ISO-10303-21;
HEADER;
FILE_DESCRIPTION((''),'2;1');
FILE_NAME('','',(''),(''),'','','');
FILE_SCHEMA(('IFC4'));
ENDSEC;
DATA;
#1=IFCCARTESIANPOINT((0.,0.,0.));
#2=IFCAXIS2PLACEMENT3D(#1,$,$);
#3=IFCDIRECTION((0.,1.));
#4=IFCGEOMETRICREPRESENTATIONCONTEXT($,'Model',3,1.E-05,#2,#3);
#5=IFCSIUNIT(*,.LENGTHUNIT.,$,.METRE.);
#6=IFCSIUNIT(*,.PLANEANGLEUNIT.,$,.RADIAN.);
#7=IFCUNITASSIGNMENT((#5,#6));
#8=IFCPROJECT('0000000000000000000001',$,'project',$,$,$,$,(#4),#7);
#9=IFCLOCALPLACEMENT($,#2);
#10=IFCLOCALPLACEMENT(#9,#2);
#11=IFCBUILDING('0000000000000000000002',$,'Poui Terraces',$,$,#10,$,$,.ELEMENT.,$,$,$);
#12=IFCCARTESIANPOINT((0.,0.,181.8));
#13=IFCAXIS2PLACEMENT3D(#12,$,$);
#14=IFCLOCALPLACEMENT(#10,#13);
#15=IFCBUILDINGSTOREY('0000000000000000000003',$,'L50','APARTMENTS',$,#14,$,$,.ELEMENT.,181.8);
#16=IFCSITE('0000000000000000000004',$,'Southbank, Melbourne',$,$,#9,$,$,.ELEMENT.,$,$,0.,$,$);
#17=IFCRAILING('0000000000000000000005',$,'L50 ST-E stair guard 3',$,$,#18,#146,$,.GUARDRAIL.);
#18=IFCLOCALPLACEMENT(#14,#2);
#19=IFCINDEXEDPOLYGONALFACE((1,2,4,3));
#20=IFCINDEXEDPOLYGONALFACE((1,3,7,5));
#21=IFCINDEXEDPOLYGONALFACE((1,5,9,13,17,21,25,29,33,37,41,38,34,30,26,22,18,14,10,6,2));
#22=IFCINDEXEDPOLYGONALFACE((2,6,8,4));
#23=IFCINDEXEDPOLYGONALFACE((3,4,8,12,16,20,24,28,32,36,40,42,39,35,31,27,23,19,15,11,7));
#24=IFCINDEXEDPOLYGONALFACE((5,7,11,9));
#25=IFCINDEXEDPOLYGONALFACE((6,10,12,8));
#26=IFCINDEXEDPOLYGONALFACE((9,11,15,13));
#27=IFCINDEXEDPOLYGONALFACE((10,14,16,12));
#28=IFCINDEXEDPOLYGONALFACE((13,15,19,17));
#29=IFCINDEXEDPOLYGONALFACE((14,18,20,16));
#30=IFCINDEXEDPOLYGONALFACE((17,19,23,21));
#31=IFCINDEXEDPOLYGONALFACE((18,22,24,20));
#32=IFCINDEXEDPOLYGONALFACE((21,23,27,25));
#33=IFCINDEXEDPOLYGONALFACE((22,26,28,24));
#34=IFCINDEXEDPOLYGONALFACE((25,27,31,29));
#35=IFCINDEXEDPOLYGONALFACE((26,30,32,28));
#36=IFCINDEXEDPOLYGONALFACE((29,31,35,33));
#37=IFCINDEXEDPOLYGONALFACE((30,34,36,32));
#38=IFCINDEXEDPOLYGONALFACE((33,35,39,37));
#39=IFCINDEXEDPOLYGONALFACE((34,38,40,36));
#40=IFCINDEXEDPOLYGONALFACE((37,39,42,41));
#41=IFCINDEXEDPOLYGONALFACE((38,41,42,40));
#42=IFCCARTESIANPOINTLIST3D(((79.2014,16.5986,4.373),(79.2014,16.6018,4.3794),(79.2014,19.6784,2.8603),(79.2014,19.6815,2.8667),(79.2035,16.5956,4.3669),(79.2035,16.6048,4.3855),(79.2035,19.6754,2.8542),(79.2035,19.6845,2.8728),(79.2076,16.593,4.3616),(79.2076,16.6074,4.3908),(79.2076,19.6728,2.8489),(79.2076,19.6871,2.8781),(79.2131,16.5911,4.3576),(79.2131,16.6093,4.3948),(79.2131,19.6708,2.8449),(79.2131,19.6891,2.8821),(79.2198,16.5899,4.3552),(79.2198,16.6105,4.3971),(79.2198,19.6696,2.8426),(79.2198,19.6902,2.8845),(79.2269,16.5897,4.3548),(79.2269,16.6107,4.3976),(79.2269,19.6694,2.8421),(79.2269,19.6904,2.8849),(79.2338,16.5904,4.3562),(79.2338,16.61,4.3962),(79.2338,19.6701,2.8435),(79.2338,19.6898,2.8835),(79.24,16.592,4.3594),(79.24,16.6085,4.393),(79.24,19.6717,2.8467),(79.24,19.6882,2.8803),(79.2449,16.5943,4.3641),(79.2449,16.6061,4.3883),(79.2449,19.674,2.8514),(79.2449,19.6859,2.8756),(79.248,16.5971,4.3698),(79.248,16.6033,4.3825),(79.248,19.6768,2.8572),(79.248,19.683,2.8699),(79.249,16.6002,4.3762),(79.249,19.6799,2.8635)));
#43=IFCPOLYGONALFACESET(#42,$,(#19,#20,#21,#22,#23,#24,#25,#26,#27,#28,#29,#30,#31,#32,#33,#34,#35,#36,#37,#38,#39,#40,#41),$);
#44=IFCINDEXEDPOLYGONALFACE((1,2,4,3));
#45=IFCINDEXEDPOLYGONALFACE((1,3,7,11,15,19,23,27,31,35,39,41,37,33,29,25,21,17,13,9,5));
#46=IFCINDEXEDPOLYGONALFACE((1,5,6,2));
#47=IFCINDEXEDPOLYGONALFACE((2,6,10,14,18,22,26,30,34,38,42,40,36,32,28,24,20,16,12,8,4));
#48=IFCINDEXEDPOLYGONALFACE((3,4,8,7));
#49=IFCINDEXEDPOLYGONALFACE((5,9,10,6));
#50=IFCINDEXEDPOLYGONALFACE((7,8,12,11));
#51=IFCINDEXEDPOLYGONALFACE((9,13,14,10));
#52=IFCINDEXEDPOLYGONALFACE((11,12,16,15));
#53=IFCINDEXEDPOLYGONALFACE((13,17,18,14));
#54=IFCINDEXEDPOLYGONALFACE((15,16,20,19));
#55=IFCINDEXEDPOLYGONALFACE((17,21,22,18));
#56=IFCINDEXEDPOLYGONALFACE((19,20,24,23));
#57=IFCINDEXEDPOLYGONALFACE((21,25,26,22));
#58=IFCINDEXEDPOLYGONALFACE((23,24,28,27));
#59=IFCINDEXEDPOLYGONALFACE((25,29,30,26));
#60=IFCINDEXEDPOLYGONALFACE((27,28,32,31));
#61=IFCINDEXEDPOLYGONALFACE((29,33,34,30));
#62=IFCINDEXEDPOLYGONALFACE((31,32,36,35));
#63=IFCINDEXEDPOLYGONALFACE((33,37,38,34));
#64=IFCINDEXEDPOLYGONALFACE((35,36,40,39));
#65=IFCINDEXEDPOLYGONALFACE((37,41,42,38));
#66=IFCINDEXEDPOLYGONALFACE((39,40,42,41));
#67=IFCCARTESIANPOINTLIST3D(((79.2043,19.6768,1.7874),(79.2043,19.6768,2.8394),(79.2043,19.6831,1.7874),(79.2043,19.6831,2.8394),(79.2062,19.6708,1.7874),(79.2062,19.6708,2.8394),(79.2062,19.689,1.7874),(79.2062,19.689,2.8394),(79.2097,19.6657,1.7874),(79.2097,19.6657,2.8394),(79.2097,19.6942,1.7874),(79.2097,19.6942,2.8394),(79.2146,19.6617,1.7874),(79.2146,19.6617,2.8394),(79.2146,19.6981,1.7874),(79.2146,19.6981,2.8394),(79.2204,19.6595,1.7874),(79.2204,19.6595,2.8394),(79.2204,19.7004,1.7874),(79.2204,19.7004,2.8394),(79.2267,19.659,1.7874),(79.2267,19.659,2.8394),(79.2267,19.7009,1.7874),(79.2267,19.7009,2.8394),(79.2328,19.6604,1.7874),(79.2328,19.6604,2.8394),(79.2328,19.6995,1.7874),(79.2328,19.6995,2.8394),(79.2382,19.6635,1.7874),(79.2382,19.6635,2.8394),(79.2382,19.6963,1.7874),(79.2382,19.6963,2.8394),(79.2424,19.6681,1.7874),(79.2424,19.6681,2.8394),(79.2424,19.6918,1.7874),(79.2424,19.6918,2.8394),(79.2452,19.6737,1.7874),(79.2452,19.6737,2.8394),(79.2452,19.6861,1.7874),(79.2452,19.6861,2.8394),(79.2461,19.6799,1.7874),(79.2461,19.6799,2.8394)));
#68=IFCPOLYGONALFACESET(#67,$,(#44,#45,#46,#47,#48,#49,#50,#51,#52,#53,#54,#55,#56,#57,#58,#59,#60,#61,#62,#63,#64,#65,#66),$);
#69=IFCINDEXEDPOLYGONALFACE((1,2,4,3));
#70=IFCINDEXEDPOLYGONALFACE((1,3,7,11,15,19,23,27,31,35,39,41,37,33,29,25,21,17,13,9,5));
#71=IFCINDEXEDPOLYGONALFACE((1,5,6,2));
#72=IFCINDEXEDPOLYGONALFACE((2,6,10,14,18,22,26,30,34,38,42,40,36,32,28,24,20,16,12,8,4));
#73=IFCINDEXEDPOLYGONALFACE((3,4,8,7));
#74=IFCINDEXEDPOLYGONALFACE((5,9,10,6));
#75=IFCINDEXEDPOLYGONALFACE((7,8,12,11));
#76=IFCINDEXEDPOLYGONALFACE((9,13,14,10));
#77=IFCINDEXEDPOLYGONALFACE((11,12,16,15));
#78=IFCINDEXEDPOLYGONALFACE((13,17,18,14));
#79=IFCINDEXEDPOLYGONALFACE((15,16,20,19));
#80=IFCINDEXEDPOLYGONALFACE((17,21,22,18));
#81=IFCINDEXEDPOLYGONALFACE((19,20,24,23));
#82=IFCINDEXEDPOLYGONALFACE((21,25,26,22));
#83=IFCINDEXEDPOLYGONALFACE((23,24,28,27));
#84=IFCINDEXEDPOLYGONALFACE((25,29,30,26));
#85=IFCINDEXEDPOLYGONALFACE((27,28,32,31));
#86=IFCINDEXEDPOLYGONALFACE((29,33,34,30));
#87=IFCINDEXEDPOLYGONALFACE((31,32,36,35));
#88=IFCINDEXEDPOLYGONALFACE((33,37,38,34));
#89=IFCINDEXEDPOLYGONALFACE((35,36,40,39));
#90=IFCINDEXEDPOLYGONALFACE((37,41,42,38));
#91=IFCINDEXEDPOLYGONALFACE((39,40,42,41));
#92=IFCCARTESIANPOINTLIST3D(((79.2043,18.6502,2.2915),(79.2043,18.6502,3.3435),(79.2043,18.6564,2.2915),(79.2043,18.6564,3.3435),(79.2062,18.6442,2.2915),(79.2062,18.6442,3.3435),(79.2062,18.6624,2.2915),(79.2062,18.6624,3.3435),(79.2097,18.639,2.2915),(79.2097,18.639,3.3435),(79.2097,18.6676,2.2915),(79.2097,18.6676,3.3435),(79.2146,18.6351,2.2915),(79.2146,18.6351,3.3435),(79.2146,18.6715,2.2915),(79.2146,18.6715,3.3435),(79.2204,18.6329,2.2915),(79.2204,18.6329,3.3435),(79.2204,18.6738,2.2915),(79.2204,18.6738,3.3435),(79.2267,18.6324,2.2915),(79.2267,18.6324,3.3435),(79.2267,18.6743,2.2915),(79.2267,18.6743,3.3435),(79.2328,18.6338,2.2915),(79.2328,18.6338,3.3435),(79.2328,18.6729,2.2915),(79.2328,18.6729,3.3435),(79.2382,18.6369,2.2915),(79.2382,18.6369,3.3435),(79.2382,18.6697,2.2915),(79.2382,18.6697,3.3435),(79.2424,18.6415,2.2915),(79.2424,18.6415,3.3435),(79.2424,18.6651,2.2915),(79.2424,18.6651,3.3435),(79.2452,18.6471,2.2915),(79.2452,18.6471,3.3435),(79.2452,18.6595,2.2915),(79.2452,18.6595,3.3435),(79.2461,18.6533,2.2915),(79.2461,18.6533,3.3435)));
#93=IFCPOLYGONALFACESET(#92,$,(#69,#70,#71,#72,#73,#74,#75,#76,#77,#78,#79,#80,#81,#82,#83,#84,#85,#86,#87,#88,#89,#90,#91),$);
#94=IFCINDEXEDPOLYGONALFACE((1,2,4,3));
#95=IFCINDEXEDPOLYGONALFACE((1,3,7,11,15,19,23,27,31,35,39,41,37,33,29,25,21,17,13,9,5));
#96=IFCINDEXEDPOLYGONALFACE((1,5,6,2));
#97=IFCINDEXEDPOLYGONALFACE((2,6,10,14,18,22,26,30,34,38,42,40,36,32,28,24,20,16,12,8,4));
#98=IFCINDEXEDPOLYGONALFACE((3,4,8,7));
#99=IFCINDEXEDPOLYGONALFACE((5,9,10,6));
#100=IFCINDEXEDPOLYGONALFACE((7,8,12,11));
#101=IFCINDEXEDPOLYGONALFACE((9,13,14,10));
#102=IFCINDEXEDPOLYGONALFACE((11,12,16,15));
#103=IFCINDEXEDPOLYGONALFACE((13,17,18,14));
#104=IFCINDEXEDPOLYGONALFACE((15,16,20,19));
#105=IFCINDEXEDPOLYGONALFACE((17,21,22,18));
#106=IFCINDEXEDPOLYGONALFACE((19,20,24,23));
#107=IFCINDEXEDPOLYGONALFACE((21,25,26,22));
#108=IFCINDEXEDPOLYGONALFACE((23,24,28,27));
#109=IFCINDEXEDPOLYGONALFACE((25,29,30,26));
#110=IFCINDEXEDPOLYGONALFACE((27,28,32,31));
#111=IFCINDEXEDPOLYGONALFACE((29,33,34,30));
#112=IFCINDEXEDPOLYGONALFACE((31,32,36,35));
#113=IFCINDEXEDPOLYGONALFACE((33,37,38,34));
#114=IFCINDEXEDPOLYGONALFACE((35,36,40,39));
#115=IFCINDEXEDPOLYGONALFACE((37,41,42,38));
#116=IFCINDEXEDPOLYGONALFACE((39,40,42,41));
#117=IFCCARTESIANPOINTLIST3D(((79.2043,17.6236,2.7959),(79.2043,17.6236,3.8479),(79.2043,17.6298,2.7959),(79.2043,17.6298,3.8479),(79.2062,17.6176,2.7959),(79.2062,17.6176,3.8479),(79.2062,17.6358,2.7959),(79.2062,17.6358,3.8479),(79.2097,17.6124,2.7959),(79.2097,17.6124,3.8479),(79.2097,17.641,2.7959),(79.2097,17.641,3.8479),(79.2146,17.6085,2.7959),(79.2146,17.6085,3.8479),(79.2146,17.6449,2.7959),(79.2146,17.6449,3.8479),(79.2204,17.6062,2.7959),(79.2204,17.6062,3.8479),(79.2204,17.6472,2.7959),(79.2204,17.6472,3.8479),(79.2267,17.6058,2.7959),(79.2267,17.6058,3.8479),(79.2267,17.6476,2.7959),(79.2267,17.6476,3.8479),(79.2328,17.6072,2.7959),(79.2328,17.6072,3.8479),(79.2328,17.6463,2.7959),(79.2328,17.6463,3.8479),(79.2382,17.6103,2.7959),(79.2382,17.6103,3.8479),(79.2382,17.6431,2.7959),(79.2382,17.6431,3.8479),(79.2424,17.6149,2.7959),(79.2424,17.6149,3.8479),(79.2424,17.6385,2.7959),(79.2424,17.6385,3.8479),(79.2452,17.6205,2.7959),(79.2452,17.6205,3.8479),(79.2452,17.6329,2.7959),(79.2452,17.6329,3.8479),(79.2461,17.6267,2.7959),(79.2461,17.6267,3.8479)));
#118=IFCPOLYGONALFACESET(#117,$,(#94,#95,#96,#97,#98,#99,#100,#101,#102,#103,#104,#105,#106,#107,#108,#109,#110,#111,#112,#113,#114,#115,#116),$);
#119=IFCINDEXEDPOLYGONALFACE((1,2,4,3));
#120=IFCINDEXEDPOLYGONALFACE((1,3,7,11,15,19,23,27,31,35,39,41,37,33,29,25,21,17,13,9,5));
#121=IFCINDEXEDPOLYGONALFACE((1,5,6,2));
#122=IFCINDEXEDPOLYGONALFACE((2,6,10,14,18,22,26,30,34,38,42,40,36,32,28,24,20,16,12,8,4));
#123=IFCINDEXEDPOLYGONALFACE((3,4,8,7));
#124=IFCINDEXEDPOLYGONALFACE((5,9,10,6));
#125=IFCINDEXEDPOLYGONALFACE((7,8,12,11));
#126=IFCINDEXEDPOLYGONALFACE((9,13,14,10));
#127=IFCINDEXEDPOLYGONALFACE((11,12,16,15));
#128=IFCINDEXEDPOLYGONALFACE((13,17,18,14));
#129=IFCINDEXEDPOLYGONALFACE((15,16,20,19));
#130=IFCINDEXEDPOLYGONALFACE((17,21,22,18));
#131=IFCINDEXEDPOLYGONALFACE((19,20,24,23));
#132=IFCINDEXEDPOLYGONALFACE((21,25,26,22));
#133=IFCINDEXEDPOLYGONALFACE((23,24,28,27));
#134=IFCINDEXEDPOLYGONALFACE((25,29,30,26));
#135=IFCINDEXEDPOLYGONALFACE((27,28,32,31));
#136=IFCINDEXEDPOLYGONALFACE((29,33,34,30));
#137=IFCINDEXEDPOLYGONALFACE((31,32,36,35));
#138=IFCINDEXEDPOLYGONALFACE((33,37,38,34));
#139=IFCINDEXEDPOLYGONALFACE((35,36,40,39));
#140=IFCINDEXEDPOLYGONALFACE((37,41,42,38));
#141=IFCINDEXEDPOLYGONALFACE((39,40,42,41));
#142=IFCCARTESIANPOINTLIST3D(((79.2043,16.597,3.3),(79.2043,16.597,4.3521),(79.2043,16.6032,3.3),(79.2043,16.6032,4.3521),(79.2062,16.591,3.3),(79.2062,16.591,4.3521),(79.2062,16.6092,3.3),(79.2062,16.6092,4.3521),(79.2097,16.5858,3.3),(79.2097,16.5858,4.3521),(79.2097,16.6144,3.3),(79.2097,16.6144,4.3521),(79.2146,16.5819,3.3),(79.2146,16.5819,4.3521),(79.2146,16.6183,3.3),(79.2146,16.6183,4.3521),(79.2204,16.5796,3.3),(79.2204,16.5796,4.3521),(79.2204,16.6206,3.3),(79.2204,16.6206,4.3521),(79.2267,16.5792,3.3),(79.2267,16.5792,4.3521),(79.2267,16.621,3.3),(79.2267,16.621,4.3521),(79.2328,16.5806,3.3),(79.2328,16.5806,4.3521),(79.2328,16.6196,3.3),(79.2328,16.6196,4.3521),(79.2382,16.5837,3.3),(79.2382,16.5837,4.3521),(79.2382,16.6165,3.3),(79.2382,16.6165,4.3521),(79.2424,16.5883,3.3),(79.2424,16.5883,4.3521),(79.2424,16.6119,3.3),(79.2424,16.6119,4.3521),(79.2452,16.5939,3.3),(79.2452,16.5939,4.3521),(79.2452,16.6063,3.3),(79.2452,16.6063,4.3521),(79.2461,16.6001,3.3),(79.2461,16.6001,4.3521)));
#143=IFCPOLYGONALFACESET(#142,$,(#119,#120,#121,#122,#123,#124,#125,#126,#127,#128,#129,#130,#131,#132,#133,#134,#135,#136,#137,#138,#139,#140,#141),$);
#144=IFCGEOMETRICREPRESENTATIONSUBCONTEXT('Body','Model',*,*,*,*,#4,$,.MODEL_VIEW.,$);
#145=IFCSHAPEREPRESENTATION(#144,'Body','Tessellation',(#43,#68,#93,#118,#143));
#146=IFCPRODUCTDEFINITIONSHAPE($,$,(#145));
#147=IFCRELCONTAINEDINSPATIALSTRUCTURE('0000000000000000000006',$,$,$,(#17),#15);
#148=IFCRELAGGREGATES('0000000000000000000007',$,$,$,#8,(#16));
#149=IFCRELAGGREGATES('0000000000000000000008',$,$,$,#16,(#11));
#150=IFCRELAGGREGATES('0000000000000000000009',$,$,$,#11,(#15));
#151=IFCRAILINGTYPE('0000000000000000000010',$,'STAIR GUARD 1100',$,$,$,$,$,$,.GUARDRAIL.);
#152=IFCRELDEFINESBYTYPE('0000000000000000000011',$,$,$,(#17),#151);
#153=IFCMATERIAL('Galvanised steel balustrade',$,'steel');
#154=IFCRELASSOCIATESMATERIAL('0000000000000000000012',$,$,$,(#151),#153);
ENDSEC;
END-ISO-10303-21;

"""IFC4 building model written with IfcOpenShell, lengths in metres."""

from ifc_helpers import new_model, si_unit, direction, frame, origin, origin_2d, place, context, subcontext, project, spatial, circle, extrude, material, type_object, element, save


model = new_model("IFC4")

# Units and contexts
model_context = context("Model", 3, precision=1e-05, world=origin(), true_north=direction((0.0, 1.0)))
body_context = subcontext(model_context, "Body", "Model", "MODEL_VIEW")
ifc_project = project(units=[si_unit("LENGTHUNIT", "METRE"), si_unit("PLANEANGLEUNIT", "RADIAN")], contexts=[model_context])

# Site, building, storey
site_placement = place(None, origin())
site = spatial("IfcSite", under=ifc_project, at=site_placement, Name="Southbank, Melbourne", CompositionType="ELEMENT", RefElevation=0.0)
building_placement = place(site_placement, origin())
building = spatial("IfcBuilding", under=site, at=building_placement, Name="Poui Terraces", CompositionType="ELEMENT")
storey_placement = place(building_placement, frame((0.0, 0.0, 181.8)))
storey = spatial("IfcBuildingStorey", under=building, at=storey_placement, Name="L50", Description="APARTMENTS", CompositionType="ELEMENT", Elevation=181.8)

# Railing
ifc_material_1 = material(Name="Galvanised steel balustrade", Category="steel")
railing_type_1 = type_object("IfcRailingType", Name="STAIR GUARD 1100", PredefinedType="GUARDRAIL", material=ifc_material_1)
railing_1_placement = place(storey_placement, frame((79.2251, 19.6799, 1.7874)))
element("IfcRailing", 1, at=railing_1_placement, inside=storey, type_object=railing_type_1, Name="L50 ST-E stair guard 3", PredefinedType="GUARDRAIL", context=body_context, shape_type="SweptSolid", body=[
    extrude(circle(Radius=0.0239, at=origin_2d()), frame((0.0, 0.0, 1.0762), z_axis=(0.0, -0.897578, 0.440856), x_axis=(1.0, 0.0, 0.0)), (0.0, 0.0, 1.0), 3.4312),
    extrude(circle(Radius=0.021, at=origin_2d()), origin(), (0.0, 0.0, 1.0), 1.052),
    extrude(circle(Radius=0.021, at=origin_2d()), frame((0.0, -1.0266, 0.5042)), (0.0, 0.0, 1.0), 1.052),
    extrude(circle(Radius=0.021, at=origin_2d()), frame((0.0, -2.0532, 1.0085)), (0.0, 0.0, 1.0), 1.052),
    extrude(circle(Radius=0.021, at=origin_2d()), frame((0.0, -3.0798, 1.5127)), (0.0, 0.0, 1.0), 1.052),
])

save(model, "model.ifc")
